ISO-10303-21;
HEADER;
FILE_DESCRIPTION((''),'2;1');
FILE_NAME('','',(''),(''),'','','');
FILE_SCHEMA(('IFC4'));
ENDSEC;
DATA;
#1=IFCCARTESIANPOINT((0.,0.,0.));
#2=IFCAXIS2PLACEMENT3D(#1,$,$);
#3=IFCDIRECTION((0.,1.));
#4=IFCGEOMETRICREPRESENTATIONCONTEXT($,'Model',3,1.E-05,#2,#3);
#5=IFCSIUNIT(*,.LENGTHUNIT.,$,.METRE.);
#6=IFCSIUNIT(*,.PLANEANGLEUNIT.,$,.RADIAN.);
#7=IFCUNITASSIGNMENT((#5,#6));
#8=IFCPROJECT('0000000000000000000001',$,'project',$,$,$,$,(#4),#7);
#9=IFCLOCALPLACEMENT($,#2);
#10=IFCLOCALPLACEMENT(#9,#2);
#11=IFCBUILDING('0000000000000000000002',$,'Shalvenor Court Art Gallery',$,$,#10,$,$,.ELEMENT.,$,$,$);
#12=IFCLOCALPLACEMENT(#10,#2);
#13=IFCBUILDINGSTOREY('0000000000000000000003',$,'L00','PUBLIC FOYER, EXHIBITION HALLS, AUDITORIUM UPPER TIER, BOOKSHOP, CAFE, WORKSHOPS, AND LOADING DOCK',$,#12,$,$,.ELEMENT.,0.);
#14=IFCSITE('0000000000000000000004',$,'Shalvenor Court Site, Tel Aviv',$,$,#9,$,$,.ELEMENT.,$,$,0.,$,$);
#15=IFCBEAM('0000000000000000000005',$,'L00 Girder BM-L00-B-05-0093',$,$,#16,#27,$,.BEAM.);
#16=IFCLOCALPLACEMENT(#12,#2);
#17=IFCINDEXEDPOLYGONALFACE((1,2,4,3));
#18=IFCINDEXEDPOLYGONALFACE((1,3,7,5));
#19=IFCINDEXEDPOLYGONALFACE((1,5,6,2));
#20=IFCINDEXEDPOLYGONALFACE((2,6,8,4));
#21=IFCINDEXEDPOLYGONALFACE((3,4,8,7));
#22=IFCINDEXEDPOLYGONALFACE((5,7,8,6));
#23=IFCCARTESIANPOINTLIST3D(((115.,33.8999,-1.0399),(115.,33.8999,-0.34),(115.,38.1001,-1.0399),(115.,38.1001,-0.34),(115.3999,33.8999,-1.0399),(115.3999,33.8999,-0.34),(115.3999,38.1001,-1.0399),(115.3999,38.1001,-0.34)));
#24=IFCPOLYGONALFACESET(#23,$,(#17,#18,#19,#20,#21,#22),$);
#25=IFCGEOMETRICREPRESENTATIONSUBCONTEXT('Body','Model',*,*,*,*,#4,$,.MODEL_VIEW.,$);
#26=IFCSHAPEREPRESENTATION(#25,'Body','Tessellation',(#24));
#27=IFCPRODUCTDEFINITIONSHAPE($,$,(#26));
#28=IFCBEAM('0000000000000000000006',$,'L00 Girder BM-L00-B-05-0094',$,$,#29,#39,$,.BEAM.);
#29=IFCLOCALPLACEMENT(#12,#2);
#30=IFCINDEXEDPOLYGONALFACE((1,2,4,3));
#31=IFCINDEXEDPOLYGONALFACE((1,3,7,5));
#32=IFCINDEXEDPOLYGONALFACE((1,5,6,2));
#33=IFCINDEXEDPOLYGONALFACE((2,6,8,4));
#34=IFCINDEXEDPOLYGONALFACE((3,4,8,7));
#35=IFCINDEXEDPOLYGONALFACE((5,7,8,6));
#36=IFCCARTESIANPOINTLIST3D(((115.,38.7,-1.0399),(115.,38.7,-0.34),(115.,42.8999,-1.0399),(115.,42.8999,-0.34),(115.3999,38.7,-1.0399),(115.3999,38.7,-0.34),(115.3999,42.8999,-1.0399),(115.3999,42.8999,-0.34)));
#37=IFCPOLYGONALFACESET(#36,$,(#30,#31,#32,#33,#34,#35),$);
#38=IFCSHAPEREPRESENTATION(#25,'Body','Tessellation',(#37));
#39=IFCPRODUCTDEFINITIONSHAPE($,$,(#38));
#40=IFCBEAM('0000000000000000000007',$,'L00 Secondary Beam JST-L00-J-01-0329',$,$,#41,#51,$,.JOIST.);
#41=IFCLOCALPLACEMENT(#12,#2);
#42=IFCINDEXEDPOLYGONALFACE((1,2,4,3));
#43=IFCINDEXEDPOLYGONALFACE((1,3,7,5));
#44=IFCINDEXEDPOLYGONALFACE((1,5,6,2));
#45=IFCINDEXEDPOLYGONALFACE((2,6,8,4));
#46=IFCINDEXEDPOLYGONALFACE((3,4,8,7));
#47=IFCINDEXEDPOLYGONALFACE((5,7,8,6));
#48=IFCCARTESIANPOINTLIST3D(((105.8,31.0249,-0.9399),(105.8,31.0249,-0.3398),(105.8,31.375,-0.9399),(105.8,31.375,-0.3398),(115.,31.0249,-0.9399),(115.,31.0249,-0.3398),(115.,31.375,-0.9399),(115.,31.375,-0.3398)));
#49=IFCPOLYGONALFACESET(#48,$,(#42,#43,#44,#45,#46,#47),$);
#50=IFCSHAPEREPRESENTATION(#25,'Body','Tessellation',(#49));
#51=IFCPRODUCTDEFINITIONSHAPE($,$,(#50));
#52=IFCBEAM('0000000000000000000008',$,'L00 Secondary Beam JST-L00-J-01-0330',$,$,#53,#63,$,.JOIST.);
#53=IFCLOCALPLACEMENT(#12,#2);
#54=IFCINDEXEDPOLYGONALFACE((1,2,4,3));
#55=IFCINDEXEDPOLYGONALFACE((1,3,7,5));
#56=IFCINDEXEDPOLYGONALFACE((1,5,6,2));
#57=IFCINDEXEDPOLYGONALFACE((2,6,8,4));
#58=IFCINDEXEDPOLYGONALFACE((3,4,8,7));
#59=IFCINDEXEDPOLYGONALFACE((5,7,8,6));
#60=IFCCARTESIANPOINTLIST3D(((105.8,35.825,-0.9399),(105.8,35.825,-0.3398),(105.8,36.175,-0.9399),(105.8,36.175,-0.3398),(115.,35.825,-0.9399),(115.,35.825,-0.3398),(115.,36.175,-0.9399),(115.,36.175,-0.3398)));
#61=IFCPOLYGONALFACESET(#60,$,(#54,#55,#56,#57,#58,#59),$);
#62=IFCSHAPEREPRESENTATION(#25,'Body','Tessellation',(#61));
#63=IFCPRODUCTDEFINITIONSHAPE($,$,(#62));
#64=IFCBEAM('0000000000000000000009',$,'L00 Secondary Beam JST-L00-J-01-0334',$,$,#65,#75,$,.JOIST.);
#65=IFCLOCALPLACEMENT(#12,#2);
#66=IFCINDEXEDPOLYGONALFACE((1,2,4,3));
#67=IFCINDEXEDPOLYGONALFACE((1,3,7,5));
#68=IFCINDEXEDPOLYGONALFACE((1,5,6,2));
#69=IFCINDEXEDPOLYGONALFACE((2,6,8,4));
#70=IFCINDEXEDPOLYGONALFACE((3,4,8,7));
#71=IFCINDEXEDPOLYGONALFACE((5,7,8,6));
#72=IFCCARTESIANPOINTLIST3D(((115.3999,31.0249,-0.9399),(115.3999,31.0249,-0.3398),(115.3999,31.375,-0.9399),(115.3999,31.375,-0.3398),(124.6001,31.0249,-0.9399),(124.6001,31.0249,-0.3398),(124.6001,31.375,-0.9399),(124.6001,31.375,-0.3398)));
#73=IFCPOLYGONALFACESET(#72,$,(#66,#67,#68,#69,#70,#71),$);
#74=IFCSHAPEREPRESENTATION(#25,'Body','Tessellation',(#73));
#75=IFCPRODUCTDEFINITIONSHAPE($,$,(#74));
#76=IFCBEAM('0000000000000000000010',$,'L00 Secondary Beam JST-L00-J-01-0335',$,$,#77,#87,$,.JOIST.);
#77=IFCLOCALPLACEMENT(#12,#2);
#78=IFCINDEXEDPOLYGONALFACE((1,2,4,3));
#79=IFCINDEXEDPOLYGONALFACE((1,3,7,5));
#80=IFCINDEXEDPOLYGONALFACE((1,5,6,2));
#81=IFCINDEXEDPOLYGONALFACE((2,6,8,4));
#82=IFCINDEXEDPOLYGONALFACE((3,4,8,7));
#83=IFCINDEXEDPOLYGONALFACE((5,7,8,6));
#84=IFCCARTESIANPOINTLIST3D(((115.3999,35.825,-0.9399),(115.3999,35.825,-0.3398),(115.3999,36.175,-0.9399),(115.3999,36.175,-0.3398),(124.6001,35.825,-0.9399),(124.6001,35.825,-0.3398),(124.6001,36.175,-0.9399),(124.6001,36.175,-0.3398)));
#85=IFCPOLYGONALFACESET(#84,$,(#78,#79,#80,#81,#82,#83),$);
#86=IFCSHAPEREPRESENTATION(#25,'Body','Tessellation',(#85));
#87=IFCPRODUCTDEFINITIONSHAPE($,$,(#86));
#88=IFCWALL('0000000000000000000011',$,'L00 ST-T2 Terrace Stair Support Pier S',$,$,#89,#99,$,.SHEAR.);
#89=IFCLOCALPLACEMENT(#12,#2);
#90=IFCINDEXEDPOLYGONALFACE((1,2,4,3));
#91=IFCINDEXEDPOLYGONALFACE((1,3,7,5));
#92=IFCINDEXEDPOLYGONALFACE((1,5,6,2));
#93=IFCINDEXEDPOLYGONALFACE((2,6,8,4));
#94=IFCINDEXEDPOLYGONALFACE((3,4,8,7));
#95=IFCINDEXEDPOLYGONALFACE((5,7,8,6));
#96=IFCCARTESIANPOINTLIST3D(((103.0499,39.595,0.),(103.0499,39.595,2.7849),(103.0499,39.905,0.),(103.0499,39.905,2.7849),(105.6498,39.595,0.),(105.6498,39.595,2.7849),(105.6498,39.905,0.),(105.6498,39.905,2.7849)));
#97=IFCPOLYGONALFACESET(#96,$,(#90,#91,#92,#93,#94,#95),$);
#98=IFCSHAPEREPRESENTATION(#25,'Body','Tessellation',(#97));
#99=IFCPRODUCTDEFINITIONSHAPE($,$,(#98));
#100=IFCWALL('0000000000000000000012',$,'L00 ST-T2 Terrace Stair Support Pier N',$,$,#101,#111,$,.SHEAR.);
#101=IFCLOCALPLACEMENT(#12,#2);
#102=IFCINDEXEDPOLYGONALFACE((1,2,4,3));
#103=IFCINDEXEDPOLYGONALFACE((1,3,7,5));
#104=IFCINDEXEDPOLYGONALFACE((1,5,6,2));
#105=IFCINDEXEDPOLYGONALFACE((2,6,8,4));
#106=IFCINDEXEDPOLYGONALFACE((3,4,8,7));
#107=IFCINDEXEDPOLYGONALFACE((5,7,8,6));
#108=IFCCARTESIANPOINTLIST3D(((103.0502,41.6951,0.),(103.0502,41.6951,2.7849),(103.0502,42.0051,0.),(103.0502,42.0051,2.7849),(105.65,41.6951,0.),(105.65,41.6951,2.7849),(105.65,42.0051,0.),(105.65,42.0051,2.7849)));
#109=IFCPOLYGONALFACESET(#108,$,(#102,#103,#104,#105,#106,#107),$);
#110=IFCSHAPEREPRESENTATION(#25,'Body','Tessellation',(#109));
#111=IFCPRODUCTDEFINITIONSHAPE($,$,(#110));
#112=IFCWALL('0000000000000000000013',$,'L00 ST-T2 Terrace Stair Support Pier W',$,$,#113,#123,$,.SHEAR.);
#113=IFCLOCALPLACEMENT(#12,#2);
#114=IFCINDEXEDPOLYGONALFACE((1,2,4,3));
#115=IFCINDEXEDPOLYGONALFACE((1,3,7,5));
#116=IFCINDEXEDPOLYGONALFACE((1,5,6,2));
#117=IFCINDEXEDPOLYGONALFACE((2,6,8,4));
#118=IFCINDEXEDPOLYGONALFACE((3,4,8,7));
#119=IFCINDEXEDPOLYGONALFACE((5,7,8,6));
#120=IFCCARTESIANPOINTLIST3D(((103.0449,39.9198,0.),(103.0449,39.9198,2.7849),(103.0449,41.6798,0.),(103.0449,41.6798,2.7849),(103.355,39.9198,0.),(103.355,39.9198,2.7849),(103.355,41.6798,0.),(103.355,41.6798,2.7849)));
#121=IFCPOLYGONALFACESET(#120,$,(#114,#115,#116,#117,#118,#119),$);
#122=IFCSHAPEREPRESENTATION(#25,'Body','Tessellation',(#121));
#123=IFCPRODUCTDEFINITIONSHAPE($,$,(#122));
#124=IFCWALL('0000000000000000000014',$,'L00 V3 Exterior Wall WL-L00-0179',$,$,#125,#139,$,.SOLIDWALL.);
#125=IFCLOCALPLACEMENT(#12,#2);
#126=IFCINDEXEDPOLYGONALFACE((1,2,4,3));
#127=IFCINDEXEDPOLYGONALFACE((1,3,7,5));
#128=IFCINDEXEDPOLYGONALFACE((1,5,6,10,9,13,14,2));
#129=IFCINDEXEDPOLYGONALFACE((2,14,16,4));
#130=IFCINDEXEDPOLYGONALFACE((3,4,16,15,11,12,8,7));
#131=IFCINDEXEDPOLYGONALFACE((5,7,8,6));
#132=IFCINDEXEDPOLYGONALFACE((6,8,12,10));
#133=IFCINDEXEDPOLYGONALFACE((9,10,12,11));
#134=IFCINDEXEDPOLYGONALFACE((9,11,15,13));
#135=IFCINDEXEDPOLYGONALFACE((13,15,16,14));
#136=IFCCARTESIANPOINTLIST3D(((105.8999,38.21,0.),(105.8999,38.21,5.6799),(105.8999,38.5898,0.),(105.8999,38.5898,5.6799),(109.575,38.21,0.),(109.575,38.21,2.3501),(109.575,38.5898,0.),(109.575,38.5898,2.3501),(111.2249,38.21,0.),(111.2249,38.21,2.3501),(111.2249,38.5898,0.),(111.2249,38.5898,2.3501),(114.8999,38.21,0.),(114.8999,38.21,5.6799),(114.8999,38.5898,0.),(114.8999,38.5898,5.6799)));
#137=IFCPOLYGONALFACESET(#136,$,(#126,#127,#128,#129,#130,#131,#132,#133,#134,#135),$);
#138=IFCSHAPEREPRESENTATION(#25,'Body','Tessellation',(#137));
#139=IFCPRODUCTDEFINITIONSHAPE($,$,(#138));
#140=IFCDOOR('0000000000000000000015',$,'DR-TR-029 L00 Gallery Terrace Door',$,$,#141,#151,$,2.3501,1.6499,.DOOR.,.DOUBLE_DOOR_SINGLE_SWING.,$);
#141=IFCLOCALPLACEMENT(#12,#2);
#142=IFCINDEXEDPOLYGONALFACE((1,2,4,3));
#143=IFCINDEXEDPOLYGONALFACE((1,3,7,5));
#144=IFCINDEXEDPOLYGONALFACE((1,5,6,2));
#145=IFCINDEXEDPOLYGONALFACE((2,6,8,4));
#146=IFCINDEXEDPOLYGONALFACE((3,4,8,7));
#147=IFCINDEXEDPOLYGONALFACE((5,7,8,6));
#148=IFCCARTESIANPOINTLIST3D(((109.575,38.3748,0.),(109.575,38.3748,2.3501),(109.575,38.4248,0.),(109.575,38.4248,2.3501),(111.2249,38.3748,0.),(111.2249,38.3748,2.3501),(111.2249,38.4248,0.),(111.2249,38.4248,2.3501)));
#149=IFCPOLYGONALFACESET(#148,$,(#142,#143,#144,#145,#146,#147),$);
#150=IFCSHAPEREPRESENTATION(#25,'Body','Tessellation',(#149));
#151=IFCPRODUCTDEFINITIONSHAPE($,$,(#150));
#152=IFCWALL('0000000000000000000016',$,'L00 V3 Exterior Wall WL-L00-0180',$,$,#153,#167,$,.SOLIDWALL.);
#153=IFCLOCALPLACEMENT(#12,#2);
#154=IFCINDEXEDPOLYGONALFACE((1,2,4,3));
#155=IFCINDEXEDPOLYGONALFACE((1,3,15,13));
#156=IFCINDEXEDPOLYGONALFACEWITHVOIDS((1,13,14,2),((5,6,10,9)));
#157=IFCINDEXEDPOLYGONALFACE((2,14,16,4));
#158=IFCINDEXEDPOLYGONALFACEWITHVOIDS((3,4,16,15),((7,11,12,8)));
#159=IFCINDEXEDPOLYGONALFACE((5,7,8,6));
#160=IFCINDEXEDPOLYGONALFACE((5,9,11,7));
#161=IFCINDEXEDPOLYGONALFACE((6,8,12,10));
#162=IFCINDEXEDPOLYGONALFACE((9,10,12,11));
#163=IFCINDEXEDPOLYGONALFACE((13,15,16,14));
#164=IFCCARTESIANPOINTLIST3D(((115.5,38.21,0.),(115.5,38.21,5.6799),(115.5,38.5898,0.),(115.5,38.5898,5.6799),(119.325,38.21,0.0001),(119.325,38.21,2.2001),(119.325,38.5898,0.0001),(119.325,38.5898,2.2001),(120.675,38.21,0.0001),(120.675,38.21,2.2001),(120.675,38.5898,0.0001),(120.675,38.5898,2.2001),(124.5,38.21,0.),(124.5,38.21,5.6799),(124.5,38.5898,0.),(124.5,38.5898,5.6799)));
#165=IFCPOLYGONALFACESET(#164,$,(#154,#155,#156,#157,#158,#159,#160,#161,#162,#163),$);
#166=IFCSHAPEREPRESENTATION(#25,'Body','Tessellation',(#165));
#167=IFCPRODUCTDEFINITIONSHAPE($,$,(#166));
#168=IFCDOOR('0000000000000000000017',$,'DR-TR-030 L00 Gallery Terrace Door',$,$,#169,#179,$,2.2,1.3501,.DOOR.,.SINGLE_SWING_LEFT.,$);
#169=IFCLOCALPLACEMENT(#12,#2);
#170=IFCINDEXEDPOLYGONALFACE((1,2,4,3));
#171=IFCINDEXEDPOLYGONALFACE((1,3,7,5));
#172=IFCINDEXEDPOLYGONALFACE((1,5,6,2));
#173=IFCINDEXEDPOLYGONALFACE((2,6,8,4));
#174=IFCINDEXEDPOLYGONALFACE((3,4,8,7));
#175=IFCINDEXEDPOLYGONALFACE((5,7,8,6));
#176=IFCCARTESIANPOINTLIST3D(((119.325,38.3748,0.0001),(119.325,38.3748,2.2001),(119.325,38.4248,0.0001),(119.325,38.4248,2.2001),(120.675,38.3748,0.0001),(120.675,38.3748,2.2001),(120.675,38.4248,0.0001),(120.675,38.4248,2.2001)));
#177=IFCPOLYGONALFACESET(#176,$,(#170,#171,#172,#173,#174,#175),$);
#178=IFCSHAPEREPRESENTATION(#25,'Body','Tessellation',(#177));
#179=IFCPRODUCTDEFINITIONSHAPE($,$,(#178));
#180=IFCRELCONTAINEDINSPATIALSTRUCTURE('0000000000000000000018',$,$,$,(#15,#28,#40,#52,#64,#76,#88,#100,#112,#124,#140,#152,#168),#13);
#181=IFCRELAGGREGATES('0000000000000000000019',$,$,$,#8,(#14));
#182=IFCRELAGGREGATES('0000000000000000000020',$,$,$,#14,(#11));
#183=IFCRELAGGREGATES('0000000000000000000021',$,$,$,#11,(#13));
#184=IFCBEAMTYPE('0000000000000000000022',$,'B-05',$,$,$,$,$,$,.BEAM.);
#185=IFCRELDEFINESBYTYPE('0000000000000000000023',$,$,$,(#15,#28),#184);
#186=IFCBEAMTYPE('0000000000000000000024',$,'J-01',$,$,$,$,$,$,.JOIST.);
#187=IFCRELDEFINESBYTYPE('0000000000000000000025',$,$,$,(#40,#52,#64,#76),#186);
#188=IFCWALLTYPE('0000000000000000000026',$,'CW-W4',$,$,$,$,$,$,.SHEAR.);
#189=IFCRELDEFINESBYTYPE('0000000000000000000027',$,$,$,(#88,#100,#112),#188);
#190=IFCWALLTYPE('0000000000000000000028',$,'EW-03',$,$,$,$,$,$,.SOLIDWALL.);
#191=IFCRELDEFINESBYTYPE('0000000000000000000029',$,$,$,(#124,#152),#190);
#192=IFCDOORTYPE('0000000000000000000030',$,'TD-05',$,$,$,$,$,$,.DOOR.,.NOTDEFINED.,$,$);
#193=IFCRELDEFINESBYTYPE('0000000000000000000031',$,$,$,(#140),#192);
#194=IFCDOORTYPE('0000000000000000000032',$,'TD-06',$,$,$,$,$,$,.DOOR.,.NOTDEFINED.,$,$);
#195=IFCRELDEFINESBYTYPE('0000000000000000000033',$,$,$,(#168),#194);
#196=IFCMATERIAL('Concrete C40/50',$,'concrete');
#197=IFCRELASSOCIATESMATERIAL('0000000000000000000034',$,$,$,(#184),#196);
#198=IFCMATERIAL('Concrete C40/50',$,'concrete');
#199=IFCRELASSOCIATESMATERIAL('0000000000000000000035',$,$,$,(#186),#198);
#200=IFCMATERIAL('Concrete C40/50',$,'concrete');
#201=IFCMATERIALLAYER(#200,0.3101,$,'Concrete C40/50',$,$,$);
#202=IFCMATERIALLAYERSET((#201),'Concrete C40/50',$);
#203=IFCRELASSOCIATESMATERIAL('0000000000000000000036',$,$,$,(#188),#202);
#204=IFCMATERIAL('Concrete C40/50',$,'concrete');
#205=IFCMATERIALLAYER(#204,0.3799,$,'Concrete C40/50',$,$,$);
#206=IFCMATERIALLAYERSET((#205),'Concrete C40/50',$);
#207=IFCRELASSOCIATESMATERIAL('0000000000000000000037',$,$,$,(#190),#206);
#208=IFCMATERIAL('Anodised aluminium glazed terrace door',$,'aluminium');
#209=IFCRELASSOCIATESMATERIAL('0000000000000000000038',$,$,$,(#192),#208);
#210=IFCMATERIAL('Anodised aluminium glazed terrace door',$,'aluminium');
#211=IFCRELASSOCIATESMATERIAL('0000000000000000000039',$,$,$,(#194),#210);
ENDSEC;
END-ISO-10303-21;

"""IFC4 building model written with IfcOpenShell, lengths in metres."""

from ifc_helpers import new_model, si_unit, direction, frame, frame_2d, origin, origin_2d, place, context, subcontext, project, spatial, rectangle, extrude, material, layer, layer_set, material_profile, profile_set, type_object, element, fill, save


model = new_model("IFC4")

# Units and contexts
model_context = context("Model", 3, precision=1e-05, world=origin(), true_north=direction((0.0, 1.0)))
body_context = subcontext(model_context, "Body", "Model", "MODEL_VIEW")
ifc_project = project(units=[si_unit("LENGTHUNIT", "METRE"), si_unit("PLANEANGLEUNIT", "RADIAN")], contexts=[model_context])

# Site, building, storey
site_placement = place(None, origin())
site = spatial("IfcSite", under=ifc_project, at=site_placement, Name="Shalvenor Court Site, Tel Aviv", CompositionType="ELEMENT", RefElevation=0.0)
building_placement = place(site_placement, origin())
building = spatial("IfcBuilding", under=site, at=building_placement, Name="Shalvenor Court Art Gallery", CompositionType="ELEMENT")
storey_placement = place(building_placement, origin())
storey = spatial("IfcBuildingStorey", under=building, at=storey_placement, Name="L00", Description="PUBLIC FOYER, EXHIBITION HALLS, AUDITORIUM UPPER TIER, BOOKSHOP, CAFE, WORKSHOPS, AND LOADING DOCK", CompositionType="ELEMENT", Elevation=0.0)

# Beams
ifc_material_1 = material(Name="Concrete C40/50", Category="concrete")
ifc_material_profile_1 = material_profile(ifc_material_1, rectangle(XDim=0.3999, YDim=0.7, at=origin_2d()), Name="RC 400x700")
ifc_profile_set_1 = profile_set([ifc_material_profile_1], Name="Concrete C40/50")
beam_type_1 = type_object("IfcBeamType", Name="B-05", PredefinedType="BEAM", material=ifc_profile_set_1)
beam_1_placement = place(storey_placement, frame((115.2, 33.8999, -0.6899), z_axis=(0.0, 1.0, 0.0), x_axis=(-1.0, 0.0, 0.0)))
element("IfcBeam", 1, at=beam_1_placement, inside=storey, type_object=beam_type_1, Name="L00 Girder BM-L00-B-05-0093", PredefinedType="BEAM", context=body_context, shape_type="SweptSolid", body=[
    extrude(rectangle(XDim=0.3999, YDim=0.7, at=origin_2d()), origin(), (0.0, 0.0, 1.0), 4.2002),
])
beam_2_placement = place(storey_placement, frame((115.2, 38.7, -0.6899), z_axis=(0.0, 1.0, 0.0), x_axis=(-1.0, 0.0, 0.0)))
element("IfcBeam", 2, at=beam_2_placement, inside=storey, type_object=beam_type_1, Name="L00 Girder BM-L00-B-05-0094", PredefinedType="BEAM", context=body_context, shape_type="SweptSolid", body=[
    extrude(rectangle(XDim=0.3999, YDim=0.7, at=origin_2d()), origin(), (0.0, 0.0, 1.0), 4.2),
])
ifc_material_2 = material(Name="Concrete C40/50", Category="concrete")
ifc_material_profile_2 = material_profile(ifc_material_2, rectangle(XDim=0.3501, YDim=0.6001, at=origin_2d()), Name="RC 350x600")
ifc_profile_set_2 = profile_set([ifc_material_profile_2], Name="Concrete C40/50")
beam_type_2 = type_object("IfcBeamType", Name="J-01", PredefinedType="JOIST", material=ifc_profile_set_2)
for number, where, z_axis, x_axis, name in (
    (3, (105.8, 31.2, -0.6399), (1.0, 0.0, 0.0), (0.0, 1.0, 0.0), "L00 Secondary Beam JST-L00-J-01-0329"),
    (4, (105.8, 36.0, -0.6399), (1.0, 0.0, 0.0), (0.0, 1.0, 0.0), "L00 Secondary Beam JST-L00-J-01-0330"),
):
    element("IfcBeam", number, at=place(storey_placement, frame(where, z_axis=z_axis, x_axis=x_axis)), inside=storey, type_object=beam_type_2, Name=name, PredefinedType="JOIST", context=body_context, shape_type="SweptSolid", body=[
        extrude(rectangle(XDim=0.3501, YDim=0.6001, at=origin_2d()), origin(), (0.0, 0.0, 1.0), 9.2),
    ])
for number, where, z_axis, x_axis, name in (
    (5, (115.3999, 31.2, -0.6399), (1.0, 0.0, 0.0), (0.0, 1.0, 0.0), "L00 Secondary Beam JST-L00-J-01-0334"),
    (6, (115.3999, 36.0, -0.6399), (1.0, 0.0, 0.0), (0.0, 1.0, 0.0), "L00 Secondary Beam JST-L00-J-01-0335"),
):
    element("IfcBeam", number, at=place(storey_placement, frame(where, z_axis=z_axis, x_axis=x_axis)), inside=storey, type_object=beam_type_2, Name=name, PredefinedType="JOIST", context=body_context, shape_type="SweptSolid", body=[
        extrude(rectangle(XDim=0.3501, YDim=0.6001, at=origin_2d()), origin(), (0.0, 0.0, 1.0), 9.2002),
    ])

# Walls
ifc_material_3 = material(Name="Concrete C40/50", Category="concrete")
ifc_layer_1 = layer(ifc_material_3, 0.3101, Name="Concrete C40/50")
ifc_layer_set_1 = layer_set([ifc_layer_1], Name="Concrete C40/50")
wall_type_1 = type_object("IfcWallType", Name="CW-W4", PredefinedType="SHEAR", material=ifc_layer_set_1)
for number, where, z_axis, x_axis, name in (
    (7, (103.05, 39.75, 0.0), (0.0, 0.0, 1.0), (1.0, 0.0, 0.0), "L00 ST-T2 Terrace Stair Support Pier S"),
    (8, (105.6499, 41.8501, 0.0), (0.0, 0.0, 1.0), (-1.0, 0.0, 0.0), "L00 ST-T2 Terrace Stair Support Pier N"),
):
    element("IfcWall", number, at=place(storey_placement, frame(where, z_axis=z_axis, x_axis=x_axis)), inside=storey, type_object=wall_type_1, Name=name, PredefinedType="SHEAR", context=body_context, shape_type="SweptSolid", body=[
        extrude(rectangle(XDim=2.5999, YDim=0.3101, at=frame_2d((1.2998, 0.0))), origin(), (0.0, 0.0, 1.0), 2.7849),
    ])
wall_1_placement = place(storey_placement, frame((103.2, 39.9199, 0.0), z_axis=(0.0, 0.0, 1.0), x_axis=(0.0, 1.0, 0.0)))
element("IfcWall", 9, at=wall_1_placement, inside=storey, type_object=wall_type_1, Name="L00 ST-T2 Terrace Stair Support Pier W", PredefinedType="SHEAR", context=body_context, shape_type="SweptSolid", body=[
    extrude(rectangle(XDim=1.76, YDim=0.3101, at=frame_2d((0.8799, 0.0))), origin(), (0.0, 0.0, 1.0), 2.7849),
])

# Walls, openings, doors
ifc_material_4 = material(Name="Concrete C40/50", Category="concrete")
ifc_layer_2 = layer(ifc_material_4, 0.3799, Name="Concrete C40/50")
ifc_layer_set_2 = layer_set([ifc_layer_2], Name="Concrete C40/50")
wall_type_2 = type_object("IfcWallType", Name="EW-03", PredefinedType="SOLIDWALL", material=ifc_layer_set_2)
wall_2_placement = place(storey_placement, frame((105.8999, 38.3999, 0.0), z_axis=(0.0, 0.0, 1.0), x_axis=(1.0, 0.0, 0.0)))
wall_2 = element("IfcWall", 10, at=wall_2_placement, inside=storey, type_object=wall_type_2, Name="L00 V3 Exterior Wall WL-L00-0179", PredefinedType="SOLIDWALL", context=body_context, shape_type="SweptSolid", body=[
    extrude(rectangle(XDim=9.0, YDim=0.3799, at=frame_2d((4.5, 0.0))), origin(), (0.0, 0.0, 1.0), 5.6799),
])
opening_1_placement = place(wall_2_placement, frame((3.675, 0.0, 0.0)))
opening_1 = element("IfcOpeningElement", 11, at=opening_1_placement, cuts=wall_2, PredefinedType="OPENING", context=body_context, shape_type="SweptSolid", body=[
    extrude(rectangle(XDim=1.6499, YDim=2.3501, at=frame_2d((0.825, 1.175))), frame((0.0, 0.2, 0.0), z_axis=(0.0, -1.0, 0.0), x_axis=(1.0, 0.0, 0.0)), (0.0, 0.0, 1.0), 0.3999),
])
ifc_material_5 = material(Name="Anodised aluminium glazed terrace door", Category="aluminium")
door_type_1 = type_object("IfcDoorType", Name="TD-05", OperationType="NOTDEFINED", PredefinedType="DOOR", material=ifc_material_5)
door_1_placement = place(opening_1_placement, origin())
door_1 = element("IfcDoor", 12, at=door_1_placement, inside=storey, type_object=door_type_1, Name="DR-TR-029 L00 Gallery Terrace Door", OperationType="DOUBLE_DOOR_SINGLE_SWING", OverallHeight=2.3501, OverallWidth=1.6499, PredefinedType="DOOR", context=body_context, shape_type="SweptSolid", body=[
    extrude(rectangle(XDim=1.6499, YDim=2.3501, at=frame_2d((0.825, 1.175))), frame((0.0, 0.0249, 0.0), z_axis=(0.0, -1.0, 0.0), x_axis=(1.0, 0.0, 0.0)), (0.0, 0.0, 1.0), 0.05),
])
fill(opening_1, door_1)
wall_3_placement = place(storey_placement, frame((115.5, 38.3999, 0.0), z_axis=(0.0, 0.0, 1.0), x_axis=(1.0, 0.0, 0.0)))
wall_3 = element("IfcWall", 13, at=wall_3_placement, inside=storey, type_object=wall_type_2, Name="L00 V3 Exterior Wall WL-L00-0180", PredefinedType="SOLIDWALL", context=body_context, shape_type="SweptSolid", body=[
    extrude(rectangle(XDim=9.0, YDim=0.3799, at=frame_2d((4.5, 0.0))), origin(), (0.0, 0.0, 1.0), 5.6799),
])
opening_2_placement = place(wall_3_placement, frame((3.825, 0.0, 0.0)))
opening_2 = element("IfcOpeningElement", 14, at=opening_2_placement, cuts=wall_3, PredefinedType="OPENING", context=body_context, shape_type="SweptSolid", body=[
    extrude(rectangle(XDim=1.3501, YDim=2.2, at=frame_2d((0.675, 1.1001))), frame((0.0, 0.2, 0.0), z_axis=(0.0, -1.0, 0.0), x_axis=(1.0, 0.0, 0.0)), (0.0, 0.0, 1.0), 0.3999),
])
ifc_material_6 = material(Name="Anodised aluminium glazed terrace door", Category="aluminium")
door_type_2 = type_object("IfcDoorType", Name="TD-06", OperationType="NOTDEFINED", PredefinedType="DOOR", material=ifc_material_6)
door_2_placement = place(opening_2_placement, origin())
door_2 = element("IfcDoor", 15, at=door_2_placement, inside=storey, type_object=door_type_2, Name="DR-TR-030 L00 Gallery Terrace Door", OperationType="SINGLE_SWING_LEFT", OverallHeight=2.2, OverallWidth=1.3501, PredefinedType="DOOR", context=body_context, shape_type="SweptSolid", body=[
    extrude(rectangle(XDim=1.3501, YDim=2.2, at=frame_2d((0.675, 1.1001))), frame((0.0, 0.0249, 0.0), z_axis=(0.0, -1.0, 0.0), x_axis=(1.0, 0.0, 0.0)), (0.0, 0.0, 1.0), 0.05),
])
fill(opening_2, door_2)

save(model, "model.ifc")
